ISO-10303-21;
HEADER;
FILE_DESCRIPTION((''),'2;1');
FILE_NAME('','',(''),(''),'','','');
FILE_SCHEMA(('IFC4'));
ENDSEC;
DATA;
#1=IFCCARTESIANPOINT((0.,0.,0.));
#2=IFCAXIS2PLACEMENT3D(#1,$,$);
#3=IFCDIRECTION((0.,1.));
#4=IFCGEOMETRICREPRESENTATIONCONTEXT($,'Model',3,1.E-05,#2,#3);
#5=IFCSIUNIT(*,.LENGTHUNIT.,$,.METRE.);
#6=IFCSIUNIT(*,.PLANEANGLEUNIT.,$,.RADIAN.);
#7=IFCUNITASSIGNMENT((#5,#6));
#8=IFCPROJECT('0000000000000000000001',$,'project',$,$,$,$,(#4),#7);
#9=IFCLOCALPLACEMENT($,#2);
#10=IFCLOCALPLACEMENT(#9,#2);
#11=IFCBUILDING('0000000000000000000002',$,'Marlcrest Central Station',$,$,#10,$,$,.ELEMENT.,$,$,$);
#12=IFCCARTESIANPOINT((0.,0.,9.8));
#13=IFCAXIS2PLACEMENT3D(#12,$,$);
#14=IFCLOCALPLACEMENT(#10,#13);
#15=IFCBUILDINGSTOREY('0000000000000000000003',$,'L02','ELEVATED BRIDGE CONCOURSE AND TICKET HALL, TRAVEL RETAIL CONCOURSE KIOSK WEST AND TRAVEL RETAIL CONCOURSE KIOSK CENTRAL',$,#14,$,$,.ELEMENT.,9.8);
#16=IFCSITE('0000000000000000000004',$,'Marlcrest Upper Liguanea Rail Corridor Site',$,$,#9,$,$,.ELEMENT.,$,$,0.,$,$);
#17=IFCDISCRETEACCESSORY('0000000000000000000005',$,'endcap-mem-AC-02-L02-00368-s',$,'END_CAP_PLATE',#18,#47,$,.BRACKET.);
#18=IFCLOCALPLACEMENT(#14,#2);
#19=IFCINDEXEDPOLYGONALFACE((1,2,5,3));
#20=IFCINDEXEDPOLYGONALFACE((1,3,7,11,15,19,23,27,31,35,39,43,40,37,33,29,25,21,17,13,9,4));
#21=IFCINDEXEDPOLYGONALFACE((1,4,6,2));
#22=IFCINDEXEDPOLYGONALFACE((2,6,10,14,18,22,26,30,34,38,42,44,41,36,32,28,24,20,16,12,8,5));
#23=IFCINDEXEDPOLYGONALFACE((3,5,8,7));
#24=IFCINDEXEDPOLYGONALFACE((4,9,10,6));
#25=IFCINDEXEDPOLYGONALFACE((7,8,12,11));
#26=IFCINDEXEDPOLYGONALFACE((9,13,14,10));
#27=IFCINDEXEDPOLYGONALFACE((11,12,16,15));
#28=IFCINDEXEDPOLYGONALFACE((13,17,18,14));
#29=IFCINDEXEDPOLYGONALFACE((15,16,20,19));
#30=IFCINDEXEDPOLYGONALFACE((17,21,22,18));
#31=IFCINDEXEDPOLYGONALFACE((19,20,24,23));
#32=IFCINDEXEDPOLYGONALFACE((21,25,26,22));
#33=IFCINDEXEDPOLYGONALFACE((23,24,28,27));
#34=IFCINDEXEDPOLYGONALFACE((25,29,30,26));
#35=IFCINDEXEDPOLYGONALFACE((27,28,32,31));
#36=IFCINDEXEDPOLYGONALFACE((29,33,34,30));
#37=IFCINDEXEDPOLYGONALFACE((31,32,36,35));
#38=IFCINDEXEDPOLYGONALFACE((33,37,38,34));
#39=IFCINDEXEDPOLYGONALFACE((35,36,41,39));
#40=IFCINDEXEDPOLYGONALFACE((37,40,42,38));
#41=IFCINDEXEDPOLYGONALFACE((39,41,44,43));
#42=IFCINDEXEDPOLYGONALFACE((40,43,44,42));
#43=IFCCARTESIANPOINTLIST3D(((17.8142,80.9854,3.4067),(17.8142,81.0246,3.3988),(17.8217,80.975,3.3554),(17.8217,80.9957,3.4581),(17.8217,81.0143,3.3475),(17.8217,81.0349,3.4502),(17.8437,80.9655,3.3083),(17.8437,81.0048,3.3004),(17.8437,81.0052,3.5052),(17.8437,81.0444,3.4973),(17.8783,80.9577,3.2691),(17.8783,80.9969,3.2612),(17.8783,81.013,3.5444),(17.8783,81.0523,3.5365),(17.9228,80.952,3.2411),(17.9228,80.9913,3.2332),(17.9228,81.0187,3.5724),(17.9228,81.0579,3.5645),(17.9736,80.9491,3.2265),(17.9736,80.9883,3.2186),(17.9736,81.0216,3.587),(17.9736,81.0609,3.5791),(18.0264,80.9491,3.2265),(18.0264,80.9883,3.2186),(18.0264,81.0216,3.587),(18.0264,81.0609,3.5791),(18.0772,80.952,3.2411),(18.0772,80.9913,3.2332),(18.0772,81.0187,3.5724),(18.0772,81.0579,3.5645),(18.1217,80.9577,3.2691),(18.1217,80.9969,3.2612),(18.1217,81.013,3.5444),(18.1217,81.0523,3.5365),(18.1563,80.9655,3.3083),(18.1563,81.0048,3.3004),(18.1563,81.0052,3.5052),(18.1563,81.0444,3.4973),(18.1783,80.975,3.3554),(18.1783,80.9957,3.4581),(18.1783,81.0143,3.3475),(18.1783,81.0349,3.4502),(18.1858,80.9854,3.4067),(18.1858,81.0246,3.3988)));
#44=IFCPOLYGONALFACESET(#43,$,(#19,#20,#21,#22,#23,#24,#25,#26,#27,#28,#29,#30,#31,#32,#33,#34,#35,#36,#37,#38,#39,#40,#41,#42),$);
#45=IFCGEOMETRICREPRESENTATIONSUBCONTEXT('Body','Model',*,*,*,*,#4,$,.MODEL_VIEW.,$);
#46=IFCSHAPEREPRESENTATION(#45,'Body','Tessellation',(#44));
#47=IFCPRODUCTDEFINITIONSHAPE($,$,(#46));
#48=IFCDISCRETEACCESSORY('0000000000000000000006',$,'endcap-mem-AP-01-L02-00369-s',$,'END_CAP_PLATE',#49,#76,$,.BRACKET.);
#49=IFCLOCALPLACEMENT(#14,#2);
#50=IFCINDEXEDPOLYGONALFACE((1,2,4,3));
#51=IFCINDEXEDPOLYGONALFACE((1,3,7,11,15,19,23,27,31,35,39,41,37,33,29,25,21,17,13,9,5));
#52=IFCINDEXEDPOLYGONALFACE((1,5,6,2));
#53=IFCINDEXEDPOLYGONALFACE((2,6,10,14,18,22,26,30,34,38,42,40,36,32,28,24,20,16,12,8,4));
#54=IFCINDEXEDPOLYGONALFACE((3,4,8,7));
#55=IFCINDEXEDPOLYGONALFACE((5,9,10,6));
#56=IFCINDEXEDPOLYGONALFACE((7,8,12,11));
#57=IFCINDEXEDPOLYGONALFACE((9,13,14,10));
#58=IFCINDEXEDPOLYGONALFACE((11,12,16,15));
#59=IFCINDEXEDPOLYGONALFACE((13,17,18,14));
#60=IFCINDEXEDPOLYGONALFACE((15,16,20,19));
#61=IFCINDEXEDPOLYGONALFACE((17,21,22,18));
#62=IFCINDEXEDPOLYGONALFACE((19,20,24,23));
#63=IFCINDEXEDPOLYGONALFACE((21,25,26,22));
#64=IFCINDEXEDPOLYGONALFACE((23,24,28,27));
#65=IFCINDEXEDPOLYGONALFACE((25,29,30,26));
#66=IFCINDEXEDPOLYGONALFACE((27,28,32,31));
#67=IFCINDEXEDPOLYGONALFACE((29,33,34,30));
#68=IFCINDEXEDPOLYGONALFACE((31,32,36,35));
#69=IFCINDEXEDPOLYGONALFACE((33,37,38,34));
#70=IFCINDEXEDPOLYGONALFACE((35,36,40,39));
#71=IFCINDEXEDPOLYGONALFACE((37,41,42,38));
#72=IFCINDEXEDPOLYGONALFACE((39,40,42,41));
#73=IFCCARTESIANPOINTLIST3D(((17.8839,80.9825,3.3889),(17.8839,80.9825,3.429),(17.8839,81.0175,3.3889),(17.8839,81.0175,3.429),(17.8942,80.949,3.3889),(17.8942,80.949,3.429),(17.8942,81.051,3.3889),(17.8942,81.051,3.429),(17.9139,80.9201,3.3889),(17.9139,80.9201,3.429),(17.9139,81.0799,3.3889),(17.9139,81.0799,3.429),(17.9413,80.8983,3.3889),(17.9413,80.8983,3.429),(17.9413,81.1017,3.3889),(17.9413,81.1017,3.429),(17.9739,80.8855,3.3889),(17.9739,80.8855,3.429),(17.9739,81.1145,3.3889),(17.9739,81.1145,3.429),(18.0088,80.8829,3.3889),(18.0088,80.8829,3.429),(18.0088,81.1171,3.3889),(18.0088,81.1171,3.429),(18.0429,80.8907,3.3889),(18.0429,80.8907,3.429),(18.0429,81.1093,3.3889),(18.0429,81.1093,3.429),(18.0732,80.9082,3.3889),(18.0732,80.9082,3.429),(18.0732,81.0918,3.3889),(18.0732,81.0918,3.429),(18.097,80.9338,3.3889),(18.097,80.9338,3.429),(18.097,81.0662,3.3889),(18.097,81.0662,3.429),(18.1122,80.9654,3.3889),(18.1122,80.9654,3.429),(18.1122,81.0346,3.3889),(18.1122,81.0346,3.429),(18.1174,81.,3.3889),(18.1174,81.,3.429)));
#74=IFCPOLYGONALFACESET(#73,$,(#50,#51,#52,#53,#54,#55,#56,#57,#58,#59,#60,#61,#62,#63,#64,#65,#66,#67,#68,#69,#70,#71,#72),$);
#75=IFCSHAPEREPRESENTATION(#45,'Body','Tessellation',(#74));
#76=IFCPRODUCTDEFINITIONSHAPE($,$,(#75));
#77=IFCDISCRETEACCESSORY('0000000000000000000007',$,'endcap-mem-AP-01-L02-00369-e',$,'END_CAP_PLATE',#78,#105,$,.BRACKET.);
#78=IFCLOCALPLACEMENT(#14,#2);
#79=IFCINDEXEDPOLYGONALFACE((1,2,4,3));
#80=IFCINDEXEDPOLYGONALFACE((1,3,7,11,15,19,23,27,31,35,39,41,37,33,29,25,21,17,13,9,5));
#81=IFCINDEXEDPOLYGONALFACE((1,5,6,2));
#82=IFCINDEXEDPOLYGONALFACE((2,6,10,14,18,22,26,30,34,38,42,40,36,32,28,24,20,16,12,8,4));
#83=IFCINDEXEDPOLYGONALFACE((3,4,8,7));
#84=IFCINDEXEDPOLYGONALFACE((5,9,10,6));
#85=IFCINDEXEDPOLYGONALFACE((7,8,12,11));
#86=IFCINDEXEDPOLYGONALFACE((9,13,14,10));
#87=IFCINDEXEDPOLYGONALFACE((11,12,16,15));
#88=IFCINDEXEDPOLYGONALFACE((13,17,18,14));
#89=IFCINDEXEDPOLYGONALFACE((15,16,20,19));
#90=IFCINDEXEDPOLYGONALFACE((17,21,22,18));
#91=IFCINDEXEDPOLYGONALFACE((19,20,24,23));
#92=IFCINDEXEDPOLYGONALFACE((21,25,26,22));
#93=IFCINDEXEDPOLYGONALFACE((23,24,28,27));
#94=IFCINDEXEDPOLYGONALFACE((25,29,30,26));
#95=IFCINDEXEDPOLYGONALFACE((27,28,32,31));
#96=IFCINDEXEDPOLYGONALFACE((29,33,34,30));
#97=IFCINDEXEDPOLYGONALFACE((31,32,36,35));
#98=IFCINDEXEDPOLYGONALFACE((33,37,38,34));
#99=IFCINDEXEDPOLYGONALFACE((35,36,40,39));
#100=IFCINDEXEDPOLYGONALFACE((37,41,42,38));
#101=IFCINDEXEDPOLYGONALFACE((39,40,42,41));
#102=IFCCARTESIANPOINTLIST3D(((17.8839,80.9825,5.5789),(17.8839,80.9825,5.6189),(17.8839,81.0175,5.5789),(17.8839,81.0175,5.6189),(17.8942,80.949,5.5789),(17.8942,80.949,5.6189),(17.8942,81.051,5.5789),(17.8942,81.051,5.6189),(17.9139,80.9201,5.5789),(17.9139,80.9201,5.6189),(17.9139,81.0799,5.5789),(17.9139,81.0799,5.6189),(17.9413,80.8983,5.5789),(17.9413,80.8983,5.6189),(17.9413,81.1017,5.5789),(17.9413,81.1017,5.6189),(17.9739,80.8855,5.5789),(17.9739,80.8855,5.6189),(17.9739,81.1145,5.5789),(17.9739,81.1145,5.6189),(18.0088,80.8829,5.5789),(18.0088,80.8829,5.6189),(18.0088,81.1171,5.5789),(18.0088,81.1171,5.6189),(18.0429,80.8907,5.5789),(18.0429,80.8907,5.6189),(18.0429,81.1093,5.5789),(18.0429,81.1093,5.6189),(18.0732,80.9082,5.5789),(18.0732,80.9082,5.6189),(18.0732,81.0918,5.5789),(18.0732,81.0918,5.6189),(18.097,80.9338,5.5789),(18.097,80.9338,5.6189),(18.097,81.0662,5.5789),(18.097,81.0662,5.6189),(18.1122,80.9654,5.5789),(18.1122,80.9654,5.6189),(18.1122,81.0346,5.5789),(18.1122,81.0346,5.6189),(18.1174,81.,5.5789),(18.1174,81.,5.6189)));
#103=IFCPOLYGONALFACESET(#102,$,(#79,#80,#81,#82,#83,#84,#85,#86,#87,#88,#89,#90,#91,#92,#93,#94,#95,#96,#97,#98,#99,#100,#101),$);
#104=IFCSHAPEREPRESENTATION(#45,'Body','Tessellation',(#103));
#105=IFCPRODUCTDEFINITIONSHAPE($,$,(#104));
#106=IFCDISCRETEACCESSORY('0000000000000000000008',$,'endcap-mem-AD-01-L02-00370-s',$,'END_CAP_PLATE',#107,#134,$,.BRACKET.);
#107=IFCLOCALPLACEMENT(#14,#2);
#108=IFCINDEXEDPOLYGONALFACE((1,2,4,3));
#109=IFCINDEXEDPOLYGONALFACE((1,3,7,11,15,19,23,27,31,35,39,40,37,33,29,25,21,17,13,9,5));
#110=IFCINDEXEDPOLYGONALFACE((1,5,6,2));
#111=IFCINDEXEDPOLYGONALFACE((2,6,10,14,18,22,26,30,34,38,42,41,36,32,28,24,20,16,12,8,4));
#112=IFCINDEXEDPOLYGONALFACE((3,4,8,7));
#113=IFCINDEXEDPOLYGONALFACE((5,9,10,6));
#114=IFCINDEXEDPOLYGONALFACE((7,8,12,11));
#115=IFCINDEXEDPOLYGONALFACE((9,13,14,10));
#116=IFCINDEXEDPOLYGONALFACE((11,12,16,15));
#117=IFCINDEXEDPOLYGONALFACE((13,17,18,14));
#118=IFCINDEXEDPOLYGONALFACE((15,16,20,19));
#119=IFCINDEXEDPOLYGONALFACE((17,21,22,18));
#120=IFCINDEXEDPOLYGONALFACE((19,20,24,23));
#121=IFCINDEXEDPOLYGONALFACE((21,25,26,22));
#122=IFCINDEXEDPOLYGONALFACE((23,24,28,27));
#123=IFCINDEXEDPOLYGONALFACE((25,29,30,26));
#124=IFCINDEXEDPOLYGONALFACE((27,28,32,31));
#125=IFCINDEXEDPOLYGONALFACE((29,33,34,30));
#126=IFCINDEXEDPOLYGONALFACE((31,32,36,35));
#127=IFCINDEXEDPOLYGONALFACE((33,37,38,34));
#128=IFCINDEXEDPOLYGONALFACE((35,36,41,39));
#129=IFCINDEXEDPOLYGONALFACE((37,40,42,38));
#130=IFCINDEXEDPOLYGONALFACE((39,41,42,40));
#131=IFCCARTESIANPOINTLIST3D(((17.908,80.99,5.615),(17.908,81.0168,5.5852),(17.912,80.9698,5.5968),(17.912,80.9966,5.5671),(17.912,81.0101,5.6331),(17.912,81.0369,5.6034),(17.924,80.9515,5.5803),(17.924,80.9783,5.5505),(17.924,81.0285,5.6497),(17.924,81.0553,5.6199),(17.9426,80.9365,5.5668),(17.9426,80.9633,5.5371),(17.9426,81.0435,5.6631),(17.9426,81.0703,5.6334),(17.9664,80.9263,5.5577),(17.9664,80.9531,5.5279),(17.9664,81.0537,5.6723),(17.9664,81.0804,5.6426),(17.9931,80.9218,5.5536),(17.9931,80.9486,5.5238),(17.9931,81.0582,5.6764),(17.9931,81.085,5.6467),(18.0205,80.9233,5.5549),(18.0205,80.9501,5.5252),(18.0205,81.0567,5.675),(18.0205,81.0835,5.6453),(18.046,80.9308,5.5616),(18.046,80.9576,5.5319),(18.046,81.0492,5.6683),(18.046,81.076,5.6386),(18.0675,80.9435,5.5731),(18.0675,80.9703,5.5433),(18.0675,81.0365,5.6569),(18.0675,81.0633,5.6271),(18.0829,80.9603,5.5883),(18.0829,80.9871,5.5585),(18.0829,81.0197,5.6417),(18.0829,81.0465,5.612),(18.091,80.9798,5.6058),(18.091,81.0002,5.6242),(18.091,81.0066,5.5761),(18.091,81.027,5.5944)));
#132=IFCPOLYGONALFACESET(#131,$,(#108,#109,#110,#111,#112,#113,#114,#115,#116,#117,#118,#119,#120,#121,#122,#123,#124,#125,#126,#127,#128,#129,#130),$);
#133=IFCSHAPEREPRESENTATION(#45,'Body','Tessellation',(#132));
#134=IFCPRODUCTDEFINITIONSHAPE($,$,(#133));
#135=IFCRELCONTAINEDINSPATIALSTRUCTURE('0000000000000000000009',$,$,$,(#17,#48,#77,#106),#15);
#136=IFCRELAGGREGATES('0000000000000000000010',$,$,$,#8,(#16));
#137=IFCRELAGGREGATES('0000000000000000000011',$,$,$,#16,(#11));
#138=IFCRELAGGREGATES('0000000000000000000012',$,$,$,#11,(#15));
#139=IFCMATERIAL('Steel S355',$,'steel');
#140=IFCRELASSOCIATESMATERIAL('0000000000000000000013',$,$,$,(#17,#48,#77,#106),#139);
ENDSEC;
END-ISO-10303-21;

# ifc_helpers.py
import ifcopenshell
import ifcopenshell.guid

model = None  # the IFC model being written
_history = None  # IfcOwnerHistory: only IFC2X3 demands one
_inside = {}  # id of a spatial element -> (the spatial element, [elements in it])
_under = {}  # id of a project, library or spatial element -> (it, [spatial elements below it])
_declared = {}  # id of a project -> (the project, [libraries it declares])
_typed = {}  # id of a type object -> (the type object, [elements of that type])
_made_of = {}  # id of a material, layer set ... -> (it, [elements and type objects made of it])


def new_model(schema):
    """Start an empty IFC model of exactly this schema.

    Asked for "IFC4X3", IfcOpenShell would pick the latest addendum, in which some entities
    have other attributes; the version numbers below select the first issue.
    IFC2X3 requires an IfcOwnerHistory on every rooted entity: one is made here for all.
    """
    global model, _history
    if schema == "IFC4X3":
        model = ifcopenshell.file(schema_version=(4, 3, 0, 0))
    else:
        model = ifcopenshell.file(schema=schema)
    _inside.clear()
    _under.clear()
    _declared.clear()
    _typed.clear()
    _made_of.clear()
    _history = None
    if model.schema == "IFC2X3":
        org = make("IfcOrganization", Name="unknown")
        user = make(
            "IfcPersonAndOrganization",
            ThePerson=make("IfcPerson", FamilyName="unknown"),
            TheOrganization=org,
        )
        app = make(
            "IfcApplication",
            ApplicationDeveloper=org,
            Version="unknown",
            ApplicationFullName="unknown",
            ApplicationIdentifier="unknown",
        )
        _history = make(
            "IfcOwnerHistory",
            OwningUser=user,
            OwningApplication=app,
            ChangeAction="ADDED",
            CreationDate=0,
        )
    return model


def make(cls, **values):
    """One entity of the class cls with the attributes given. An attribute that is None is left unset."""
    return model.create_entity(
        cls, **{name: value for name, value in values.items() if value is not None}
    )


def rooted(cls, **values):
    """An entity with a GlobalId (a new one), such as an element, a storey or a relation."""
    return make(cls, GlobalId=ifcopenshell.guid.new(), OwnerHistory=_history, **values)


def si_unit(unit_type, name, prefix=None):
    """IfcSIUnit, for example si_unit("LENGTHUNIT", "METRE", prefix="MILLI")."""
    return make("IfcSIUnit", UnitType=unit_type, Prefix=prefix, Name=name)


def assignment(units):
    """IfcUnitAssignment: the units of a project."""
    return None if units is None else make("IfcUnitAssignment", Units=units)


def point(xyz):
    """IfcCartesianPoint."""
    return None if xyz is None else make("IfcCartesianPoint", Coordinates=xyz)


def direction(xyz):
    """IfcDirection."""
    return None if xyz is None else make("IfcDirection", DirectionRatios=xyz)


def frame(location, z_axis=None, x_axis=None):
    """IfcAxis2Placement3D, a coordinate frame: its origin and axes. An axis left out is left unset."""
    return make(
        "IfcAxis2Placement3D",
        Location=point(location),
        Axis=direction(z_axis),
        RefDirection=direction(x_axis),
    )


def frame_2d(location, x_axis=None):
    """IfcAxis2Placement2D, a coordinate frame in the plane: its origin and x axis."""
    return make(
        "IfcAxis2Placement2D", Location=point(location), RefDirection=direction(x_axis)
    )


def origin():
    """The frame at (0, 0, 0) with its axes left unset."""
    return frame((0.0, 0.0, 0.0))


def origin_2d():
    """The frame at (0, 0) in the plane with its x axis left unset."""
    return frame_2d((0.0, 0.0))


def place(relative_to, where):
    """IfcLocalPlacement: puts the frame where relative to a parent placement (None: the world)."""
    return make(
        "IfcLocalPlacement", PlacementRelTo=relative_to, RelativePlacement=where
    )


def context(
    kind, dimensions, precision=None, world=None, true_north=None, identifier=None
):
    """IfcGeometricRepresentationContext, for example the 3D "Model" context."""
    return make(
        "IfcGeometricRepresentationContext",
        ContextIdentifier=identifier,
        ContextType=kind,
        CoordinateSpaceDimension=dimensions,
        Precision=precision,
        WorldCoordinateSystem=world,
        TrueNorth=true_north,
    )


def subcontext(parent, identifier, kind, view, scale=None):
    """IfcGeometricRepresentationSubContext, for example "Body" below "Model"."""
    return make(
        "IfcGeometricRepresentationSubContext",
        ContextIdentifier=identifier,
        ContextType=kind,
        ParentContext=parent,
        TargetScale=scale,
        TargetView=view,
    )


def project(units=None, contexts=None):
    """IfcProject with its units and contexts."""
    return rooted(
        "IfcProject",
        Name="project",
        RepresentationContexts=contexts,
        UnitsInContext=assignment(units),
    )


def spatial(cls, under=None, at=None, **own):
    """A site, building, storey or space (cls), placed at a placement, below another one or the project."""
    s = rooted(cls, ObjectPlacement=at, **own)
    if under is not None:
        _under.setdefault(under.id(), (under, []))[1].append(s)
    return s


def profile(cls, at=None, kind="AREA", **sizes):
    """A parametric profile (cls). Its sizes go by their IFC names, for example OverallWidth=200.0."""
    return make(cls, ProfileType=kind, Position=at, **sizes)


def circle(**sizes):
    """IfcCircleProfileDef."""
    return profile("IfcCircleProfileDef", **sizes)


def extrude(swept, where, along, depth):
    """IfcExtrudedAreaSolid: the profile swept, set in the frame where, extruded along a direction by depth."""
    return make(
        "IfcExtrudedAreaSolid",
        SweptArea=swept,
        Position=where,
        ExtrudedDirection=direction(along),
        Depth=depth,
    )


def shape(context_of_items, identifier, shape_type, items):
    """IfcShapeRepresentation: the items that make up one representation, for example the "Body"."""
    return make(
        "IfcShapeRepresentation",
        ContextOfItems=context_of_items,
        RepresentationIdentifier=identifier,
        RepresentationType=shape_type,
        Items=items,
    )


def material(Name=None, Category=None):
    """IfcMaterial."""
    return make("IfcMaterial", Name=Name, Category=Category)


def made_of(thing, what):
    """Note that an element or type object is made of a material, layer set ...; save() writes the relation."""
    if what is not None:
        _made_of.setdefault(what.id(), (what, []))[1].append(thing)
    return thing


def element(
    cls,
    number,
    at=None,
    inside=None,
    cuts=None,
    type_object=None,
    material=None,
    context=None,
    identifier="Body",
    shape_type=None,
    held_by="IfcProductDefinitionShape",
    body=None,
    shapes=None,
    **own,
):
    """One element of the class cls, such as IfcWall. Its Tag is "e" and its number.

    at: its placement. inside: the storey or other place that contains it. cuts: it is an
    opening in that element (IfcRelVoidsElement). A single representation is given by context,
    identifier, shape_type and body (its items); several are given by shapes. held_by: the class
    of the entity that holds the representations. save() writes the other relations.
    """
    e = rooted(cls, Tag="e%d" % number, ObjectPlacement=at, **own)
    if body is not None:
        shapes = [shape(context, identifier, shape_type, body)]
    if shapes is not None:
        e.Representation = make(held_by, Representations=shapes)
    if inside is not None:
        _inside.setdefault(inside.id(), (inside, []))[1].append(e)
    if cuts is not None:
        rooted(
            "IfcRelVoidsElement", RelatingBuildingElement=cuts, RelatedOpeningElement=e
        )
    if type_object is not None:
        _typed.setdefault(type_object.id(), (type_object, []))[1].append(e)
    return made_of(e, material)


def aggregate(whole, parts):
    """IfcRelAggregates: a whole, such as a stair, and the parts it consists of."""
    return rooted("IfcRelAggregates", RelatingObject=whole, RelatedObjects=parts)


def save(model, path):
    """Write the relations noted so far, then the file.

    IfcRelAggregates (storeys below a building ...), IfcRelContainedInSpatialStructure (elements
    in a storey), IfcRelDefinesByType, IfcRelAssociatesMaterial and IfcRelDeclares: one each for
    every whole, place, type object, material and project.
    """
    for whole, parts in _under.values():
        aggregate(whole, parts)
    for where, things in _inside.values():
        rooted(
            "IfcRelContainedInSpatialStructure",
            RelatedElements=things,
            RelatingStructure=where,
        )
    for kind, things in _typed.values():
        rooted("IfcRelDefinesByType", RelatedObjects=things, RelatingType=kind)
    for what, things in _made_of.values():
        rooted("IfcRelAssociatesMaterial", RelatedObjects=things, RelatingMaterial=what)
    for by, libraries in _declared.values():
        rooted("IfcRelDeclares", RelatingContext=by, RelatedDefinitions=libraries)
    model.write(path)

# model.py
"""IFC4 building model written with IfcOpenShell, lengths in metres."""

from ifc_helpers import new_model, si_unit, direction, frame, origin, origin_2d, place, context, subcontext, project, spatial, circle, extrude, material, element, save


model = new_model("IFC4")

# Units and contexts
model_context = context("Model", 3, precision=1e-05, world=origin(), true_north=direction((0.0, 1.0)))
body_context = subcontext(model_context, "Body", "Model", "MODEL_VIEW")
ifc_project = project(units=[si_unit("LENGTHUNIT", "METRE"), si_unit("PLANEANGLEUNIT", "RADIAN")], contexts=[model_context])

# Site, building, storey
site_placement = place(None, origin())
site = spatial("IfcSite", under=ifc_project, at=site_placement, Name="Marlcrest Upper Liguanea Rail Corridor Site", CompositionType="ELEMENT", RefElevation=0.0)
building_placement = place(site_placement, origin())
building = spatial("IfcBuilding", under=site, at=building_placement, Name="Marlcrest Central Station", CompositionType="ELEMENT")
storey_placement = place(building_placement, frame((0.0, 0.0, 9.8)))
storey = spatial("IfcBuildingStorey", under=building, at=storey_placement, Name="L02", Description="ELEVATED BRIDGE CONCOURSE AND TICKET HALL, TRAVEL RETAIL CONCOURSE KIOSK WEST AND TRAVEL RETAIL CONCOURSE KIOSK CENTRAL", CompositionType="ELEMENT", Elevation=9.8)

# Shared definitions
ifc_material_1 = material(Name="Steel S355", Category="steel")

# Discrete accessories
discrete_accessory_1_placement = place(storey_placement, frame((18.0, 80.9854, 3.4067), z_axis=(0.0, 0.980359, -0.197219), x_axis=(-1.0, 0.0, 0.0)))
element("IfcDiscreteAccessory", 1, at=discrete_accessory_1_placement, inside=storey, material=ifc_material_1, Name="endcap-mem-AC-02-L02-00368-s", ObjectType="END_CAP_PLATE", PredefinedType="BRACKET", context=body_context, shape_type="SweptSolid", body=[
    extrude(circle(Radius=0.1858, at=origin_2d()), origin(), (0.0, 0.0, 1.0), 0.04),
])
for number, where, z_axis, x_axis, name in (
    (2, (18.0, 81.0, 3.3889), (0.0, 0.0, 1.0), (1.0, 0.0, 0.0), "endcap-mem-AP-01-L02-00369-s"),
    (3, (18.0, 81.0, 5.5789), (0.0, 0.0, 1.0), (1.0, 0.0, 0.0), "endcap-mem-AP-01-L02-00369-e"),
):
    element("IfcDiscreteAccessory", number, at=place(storey_placement, frame(where, z_axis=z_axis, x_axis=x_axis)), inside=storey, material=ifc_material_1, Name=name, ObjectType="END_CAP_PLATE", PredefinedType="BRACKET", context=body_context, shape_type="SweptSolid", body=[
        extrude(circle(Radius=0.1174, at=origin_2d()), origin(), (0.0, 0.0, 1.0), 0.04),
    ])
discrete_accessory_2_placement = place(storey_placement, frame((18.0, 80.99, 5.615), z_axis=(0.0, 0.669244, -0.743042), x_axis=(-1.0, 0.0, 0.0)))
element("IfcDiscreteAccessory", 4, at=discrete_accessory_2_placement, inside=storey, material=ifc_material_1, Name="endcap-mem-AD-01-L02-00370-s", ObjectType="END_CAP_PLATE", PredefinedType="BRACKET", context=body_context, shape_type="SweptSolid", body=[
    extrude(circle(Radius=0.092, at=origin_2d()), origin(), (0.0, 0.0, 1.0), 0.04),
])

save(model, "model.ifc")
